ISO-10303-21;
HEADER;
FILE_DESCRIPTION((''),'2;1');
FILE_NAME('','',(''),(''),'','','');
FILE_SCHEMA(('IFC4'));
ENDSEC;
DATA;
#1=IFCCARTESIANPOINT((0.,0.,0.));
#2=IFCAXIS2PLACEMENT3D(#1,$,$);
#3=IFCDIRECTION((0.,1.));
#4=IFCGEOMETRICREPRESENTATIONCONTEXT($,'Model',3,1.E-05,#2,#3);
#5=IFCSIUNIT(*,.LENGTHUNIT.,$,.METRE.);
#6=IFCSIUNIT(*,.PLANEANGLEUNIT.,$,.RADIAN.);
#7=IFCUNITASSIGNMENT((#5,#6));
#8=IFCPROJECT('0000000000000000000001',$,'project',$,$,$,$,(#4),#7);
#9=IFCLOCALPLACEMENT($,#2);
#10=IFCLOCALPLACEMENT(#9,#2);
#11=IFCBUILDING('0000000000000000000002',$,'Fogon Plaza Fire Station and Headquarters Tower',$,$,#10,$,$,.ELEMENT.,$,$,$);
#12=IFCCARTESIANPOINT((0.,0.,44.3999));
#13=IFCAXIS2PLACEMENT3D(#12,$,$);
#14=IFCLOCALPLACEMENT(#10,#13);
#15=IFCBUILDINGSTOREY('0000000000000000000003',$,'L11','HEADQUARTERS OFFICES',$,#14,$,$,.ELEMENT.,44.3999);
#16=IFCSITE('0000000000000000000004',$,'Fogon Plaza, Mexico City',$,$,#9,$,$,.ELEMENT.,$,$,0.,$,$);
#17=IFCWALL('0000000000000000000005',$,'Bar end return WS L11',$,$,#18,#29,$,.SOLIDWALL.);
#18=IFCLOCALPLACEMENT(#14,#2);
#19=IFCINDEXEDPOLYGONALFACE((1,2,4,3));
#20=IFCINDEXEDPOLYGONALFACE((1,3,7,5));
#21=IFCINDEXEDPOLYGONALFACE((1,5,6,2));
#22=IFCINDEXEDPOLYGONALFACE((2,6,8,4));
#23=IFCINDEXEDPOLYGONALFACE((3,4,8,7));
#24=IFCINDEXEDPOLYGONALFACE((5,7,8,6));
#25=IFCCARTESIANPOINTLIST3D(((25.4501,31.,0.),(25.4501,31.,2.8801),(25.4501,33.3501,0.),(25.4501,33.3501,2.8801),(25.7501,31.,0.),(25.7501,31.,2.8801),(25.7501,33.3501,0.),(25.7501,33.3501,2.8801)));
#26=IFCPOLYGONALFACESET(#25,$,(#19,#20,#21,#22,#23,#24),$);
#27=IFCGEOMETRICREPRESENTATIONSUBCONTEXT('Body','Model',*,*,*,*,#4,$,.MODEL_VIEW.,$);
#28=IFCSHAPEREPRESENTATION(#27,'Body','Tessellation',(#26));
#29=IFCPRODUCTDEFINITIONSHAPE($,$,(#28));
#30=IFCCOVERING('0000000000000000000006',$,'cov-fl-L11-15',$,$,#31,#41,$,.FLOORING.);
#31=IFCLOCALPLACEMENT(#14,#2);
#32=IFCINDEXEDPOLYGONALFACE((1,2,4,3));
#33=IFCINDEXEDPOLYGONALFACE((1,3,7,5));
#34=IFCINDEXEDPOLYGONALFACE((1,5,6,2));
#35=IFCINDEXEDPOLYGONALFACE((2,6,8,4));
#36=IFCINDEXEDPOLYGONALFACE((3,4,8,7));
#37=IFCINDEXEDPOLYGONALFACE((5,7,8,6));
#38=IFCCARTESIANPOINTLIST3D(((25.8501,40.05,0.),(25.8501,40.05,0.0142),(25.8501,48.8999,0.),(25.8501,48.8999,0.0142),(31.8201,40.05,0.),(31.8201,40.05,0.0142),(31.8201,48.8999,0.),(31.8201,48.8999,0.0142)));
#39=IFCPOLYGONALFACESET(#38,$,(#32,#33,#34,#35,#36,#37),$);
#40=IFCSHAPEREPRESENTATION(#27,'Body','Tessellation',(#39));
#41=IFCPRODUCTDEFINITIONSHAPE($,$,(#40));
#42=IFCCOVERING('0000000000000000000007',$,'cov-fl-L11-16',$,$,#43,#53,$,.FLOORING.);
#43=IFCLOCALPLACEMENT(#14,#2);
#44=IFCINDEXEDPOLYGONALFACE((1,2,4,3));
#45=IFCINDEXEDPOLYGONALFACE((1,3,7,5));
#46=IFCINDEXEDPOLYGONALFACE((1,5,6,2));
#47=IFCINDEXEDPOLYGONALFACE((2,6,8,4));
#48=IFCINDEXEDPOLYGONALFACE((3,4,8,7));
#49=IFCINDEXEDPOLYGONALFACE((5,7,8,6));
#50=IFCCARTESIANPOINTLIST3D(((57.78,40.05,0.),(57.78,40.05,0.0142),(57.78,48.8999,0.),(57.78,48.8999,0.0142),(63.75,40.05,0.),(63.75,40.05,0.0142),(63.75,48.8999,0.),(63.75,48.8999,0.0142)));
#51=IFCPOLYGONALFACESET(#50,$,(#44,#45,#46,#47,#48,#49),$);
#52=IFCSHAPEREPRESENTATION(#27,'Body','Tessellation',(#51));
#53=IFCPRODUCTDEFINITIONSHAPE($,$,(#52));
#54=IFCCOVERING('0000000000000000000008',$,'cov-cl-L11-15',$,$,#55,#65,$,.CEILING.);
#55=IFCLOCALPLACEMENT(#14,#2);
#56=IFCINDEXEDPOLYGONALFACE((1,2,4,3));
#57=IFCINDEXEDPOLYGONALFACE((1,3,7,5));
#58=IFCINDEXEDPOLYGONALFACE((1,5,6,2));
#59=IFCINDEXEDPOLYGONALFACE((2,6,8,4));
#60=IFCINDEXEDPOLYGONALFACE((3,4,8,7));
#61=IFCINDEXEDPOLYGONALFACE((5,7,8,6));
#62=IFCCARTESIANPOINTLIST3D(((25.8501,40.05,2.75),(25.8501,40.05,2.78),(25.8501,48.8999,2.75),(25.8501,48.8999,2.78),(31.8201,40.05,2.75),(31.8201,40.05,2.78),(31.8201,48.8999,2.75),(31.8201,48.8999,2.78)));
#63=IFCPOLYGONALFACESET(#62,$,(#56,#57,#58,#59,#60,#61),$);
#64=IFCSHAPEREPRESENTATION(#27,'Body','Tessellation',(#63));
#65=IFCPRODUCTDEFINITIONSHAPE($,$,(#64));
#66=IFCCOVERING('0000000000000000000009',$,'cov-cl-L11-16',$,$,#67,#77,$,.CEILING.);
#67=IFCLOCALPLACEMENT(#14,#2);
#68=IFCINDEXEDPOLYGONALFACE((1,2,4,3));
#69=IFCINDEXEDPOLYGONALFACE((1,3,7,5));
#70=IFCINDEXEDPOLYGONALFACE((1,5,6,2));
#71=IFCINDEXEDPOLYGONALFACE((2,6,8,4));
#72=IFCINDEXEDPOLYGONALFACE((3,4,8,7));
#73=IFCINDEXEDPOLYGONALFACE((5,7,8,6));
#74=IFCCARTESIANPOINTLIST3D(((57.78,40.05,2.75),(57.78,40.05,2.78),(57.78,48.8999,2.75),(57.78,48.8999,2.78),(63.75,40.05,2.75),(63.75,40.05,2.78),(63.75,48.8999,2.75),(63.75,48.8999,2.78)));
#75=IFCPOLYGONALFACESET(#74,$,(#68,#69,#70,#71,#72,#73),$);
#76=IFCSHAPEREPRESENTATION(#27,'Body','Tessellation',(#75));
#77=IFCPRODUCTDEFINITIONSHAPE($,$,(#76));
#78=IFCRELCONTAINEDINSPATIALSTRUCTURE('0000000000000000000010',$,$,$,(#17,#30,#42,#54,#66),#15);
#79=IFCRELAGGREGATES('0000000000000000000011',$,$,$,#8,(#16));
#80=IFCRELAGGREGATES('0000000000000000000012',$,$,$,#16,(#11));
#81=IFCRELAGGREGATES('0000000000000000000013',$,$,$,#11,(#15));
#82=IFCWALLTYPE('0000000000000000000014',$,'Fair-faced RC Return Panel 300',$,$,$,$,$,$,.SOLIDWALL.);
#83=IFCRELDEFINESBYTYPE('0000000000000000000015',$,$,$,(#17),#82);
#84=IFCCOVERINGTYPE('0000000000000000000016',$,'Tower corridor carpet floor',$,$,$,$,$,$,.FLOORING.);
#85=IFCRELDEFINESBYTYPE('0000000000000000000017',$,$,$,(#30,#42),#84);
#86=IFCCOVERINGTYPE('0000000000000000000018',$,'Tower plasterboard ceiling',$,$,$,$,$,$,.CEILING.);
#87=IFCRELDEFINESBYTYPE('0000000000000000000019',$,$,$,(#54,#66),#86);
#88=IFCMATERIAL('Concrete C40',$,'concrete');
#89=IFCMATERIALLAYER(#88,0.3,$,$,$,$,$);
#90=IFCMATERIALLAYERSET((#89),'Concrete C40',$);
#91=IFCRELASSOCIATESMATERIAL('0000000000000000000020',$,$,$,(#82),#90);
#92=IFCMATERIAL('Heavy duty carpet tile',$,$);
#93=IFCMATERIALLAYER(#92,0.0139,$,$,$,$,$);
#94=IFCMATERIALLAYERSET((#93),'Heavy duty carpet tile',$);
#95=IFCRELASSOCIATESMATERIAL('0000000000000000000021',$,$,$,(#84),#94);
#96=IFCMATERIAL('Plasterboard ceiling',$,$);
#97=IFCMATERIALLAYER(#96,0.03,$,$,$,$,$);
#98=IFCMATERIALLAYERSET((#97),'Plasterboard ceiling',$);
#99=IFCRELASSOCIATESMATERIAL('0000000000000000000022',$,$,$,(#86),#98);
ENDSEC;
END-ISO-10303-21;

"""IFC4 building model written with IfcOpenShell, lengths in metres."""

from ifc_helpers import new_model, si_unit, direction, frame, frame_2d, origin, place, context, subcontext, project, spatial, polyline, rectangle, outline, extrude, material, layer, layer_set, type_object, element, save


model = new_model("IFC4")

# Units and contexts
model_context = context("Model", 3, precision=1e-05, world=origin(), true_north=direction((0.0, 1.0)))
body_context = subcontext(model_context, "Body", "Model", "MODEL_VIEW")
ifc_project = project(units=[si_unit("LENGTHUNIT", "METRE"), si_unit("PLANEANGLEUNIT", "RADIAN")], contexts=[model_context])

# Site, building, storey
site_placement = place(None, origin())
site = spatial("IfcSite", under=ifc_project, at=site_placement, Name="Fogon Plaza, Mexico City", CompositionType="ELEMENT", RefElevation=0.0)
building_placement = place(site_placement, origin())
building = spatial("IfcBuilding", under=site, at=building_placement, Name="Fogon Plaza Fire Station and Headquarters Tower", CompositionType="ELEMENT")
storey_placement = place(building_placement, frame((0.0, 0.0, 44.3999)))
storey = spatial("IfcBuildingStorey", under=building, at=storey_placement, Name="L11", Description="HEADQUARTERS OFFICES", CompositionType="ELEMENT", Elevation=44.3999)

# Wall
ifc_material_1 = material(Name="Concrete C40", Category="concrete")
ifc_layer_1 = layer(ifc_material_1, 0.3)
ifc_layer_set_1 = layer_set([ifc_layer_1], Name="Concrete C40")
wall_type = type_object("IfcWallType", Name="Fair-faced RC Return Panel 300", PredefinedType="SOLIDWALL", material=ifc_layer_set_1)
wall_placement = place(storey_placement, frame((25.6001, 31.0, 0.0), z_axis=(0.0, 0.0, 1.0), x_axis=(0.0, 1.0, 0.0)))
element("IfcWall", 1, at=wall_placement, inside=storey, type_object=wall_type, Name="Bar end return WS L11", PredefinedType="SOLIDWALL", context=body_context, shape_type="SweptSolid", body=[
    extrude(rectangle(XDim=2.3501, YDim=0.3, at=frame_2d((1.175, 0.0))), origin(), (0.0, 0.0, 1.0), 2.8801),
])

# Coverings
ifc_material_2 = material(Name="Heavy duty carpet tile")
ifc_layer_2 = layer(ifc_material_2, 0.0139)
ifc_layer_set_2 = layer_set([ifc_layer_2], Name="Heavy duty carpet tile")
covering_type_1 = type_object("IfcCoveringType", Name="Tower corridor carpet floor", PredefinedType="FLOORING", material=ifc_layer_set_2)
covering_1_placement = place(storey_placement, origin())
element("IfcCovering", 2, at=covering_1_placement, inside=storey, type_object=covering_type_1, Name="cov-fl-L11-15", PredefinedType="FLOORING", context=body_context, shape_type="SweptSolid", body=[
    extrude(outline(polyline([(31.8201, 40.05), (31.8201, 48.8999), (25.8501, 48.8999), (25.8501, 40.05), (31.8201, 40.05)])), origin(), (0.0, 0.0, 1.0), 0.0142),
])
covering_2_placement = place(storey_placement, origin())
element("IfcCovering", 3, at=covering_2_placement, inside=storey, type_object=covering_type_1, Name="cov-fl-L11-16", PredefinedType="FLOORING", context=body_context, shape_type="SweptSolid", body=[
    extrude(outline(polyline([(63.75, 40.05), (63.75, 48.8999), (57.78, 48.8999), (57.78, 40.05), (63.75, 40.05)])), origin(), (0.0, 0.0, 1.0), 0.0142),
])
ifc_material_3 = material(Name="Plasterboard ceiling")
ifc_layer_3 = layer(ifc_material_3, 0.03)
ifc_layer_set_3 = layer_set([ifc_layer_3], Name="Plasterboard ceiling")
covering_type_2 = type_object("IfcCoveringType", Name="Tower plasterboard ceiling", PredefinedType="CEILING", material=ifc_layer_set_3)
covering_3_placement = place(storey_placement, frame((0.0, 0.0, 2.75)))
element("IfcCovering", 4, at=covering_3_placement, inside=storey, type_object=covering_type_2, Name="cov-cl-L11-15", PredefinedType="CEILING", context=body_context, shape_type="SweptSolid", body=[
    extrude(outline(polyline([(31.8201, 40.05), (31.8201, 48.8999), (25.8501, 48.8999), (25.8501, 40.05), (31.8201, 40.05)])), origin(), (0.0, 0.0, 1.0), 0.03),
])
covering_4_placement = place(storey_placement, frame((0.0, 0.0, 2.75)))
element("IfcCovering", 5, at=covering_4_placement, inside=storey, type_object=covering_type_2, Name="cov-cl-L11-16", PredefinedType="CEILING", context=body_context, shape_type="SweptSolid", body=[
    extrude(outline(polyline([(63.75, 40.05), (63.75, 48.8999), (57.78, 48.8999), (57.78, 40.05), (63.75, 40.05)])), origin(), (0.0, 0.0, 1.0), 0.03),
])

save(model, "model.ifc")
